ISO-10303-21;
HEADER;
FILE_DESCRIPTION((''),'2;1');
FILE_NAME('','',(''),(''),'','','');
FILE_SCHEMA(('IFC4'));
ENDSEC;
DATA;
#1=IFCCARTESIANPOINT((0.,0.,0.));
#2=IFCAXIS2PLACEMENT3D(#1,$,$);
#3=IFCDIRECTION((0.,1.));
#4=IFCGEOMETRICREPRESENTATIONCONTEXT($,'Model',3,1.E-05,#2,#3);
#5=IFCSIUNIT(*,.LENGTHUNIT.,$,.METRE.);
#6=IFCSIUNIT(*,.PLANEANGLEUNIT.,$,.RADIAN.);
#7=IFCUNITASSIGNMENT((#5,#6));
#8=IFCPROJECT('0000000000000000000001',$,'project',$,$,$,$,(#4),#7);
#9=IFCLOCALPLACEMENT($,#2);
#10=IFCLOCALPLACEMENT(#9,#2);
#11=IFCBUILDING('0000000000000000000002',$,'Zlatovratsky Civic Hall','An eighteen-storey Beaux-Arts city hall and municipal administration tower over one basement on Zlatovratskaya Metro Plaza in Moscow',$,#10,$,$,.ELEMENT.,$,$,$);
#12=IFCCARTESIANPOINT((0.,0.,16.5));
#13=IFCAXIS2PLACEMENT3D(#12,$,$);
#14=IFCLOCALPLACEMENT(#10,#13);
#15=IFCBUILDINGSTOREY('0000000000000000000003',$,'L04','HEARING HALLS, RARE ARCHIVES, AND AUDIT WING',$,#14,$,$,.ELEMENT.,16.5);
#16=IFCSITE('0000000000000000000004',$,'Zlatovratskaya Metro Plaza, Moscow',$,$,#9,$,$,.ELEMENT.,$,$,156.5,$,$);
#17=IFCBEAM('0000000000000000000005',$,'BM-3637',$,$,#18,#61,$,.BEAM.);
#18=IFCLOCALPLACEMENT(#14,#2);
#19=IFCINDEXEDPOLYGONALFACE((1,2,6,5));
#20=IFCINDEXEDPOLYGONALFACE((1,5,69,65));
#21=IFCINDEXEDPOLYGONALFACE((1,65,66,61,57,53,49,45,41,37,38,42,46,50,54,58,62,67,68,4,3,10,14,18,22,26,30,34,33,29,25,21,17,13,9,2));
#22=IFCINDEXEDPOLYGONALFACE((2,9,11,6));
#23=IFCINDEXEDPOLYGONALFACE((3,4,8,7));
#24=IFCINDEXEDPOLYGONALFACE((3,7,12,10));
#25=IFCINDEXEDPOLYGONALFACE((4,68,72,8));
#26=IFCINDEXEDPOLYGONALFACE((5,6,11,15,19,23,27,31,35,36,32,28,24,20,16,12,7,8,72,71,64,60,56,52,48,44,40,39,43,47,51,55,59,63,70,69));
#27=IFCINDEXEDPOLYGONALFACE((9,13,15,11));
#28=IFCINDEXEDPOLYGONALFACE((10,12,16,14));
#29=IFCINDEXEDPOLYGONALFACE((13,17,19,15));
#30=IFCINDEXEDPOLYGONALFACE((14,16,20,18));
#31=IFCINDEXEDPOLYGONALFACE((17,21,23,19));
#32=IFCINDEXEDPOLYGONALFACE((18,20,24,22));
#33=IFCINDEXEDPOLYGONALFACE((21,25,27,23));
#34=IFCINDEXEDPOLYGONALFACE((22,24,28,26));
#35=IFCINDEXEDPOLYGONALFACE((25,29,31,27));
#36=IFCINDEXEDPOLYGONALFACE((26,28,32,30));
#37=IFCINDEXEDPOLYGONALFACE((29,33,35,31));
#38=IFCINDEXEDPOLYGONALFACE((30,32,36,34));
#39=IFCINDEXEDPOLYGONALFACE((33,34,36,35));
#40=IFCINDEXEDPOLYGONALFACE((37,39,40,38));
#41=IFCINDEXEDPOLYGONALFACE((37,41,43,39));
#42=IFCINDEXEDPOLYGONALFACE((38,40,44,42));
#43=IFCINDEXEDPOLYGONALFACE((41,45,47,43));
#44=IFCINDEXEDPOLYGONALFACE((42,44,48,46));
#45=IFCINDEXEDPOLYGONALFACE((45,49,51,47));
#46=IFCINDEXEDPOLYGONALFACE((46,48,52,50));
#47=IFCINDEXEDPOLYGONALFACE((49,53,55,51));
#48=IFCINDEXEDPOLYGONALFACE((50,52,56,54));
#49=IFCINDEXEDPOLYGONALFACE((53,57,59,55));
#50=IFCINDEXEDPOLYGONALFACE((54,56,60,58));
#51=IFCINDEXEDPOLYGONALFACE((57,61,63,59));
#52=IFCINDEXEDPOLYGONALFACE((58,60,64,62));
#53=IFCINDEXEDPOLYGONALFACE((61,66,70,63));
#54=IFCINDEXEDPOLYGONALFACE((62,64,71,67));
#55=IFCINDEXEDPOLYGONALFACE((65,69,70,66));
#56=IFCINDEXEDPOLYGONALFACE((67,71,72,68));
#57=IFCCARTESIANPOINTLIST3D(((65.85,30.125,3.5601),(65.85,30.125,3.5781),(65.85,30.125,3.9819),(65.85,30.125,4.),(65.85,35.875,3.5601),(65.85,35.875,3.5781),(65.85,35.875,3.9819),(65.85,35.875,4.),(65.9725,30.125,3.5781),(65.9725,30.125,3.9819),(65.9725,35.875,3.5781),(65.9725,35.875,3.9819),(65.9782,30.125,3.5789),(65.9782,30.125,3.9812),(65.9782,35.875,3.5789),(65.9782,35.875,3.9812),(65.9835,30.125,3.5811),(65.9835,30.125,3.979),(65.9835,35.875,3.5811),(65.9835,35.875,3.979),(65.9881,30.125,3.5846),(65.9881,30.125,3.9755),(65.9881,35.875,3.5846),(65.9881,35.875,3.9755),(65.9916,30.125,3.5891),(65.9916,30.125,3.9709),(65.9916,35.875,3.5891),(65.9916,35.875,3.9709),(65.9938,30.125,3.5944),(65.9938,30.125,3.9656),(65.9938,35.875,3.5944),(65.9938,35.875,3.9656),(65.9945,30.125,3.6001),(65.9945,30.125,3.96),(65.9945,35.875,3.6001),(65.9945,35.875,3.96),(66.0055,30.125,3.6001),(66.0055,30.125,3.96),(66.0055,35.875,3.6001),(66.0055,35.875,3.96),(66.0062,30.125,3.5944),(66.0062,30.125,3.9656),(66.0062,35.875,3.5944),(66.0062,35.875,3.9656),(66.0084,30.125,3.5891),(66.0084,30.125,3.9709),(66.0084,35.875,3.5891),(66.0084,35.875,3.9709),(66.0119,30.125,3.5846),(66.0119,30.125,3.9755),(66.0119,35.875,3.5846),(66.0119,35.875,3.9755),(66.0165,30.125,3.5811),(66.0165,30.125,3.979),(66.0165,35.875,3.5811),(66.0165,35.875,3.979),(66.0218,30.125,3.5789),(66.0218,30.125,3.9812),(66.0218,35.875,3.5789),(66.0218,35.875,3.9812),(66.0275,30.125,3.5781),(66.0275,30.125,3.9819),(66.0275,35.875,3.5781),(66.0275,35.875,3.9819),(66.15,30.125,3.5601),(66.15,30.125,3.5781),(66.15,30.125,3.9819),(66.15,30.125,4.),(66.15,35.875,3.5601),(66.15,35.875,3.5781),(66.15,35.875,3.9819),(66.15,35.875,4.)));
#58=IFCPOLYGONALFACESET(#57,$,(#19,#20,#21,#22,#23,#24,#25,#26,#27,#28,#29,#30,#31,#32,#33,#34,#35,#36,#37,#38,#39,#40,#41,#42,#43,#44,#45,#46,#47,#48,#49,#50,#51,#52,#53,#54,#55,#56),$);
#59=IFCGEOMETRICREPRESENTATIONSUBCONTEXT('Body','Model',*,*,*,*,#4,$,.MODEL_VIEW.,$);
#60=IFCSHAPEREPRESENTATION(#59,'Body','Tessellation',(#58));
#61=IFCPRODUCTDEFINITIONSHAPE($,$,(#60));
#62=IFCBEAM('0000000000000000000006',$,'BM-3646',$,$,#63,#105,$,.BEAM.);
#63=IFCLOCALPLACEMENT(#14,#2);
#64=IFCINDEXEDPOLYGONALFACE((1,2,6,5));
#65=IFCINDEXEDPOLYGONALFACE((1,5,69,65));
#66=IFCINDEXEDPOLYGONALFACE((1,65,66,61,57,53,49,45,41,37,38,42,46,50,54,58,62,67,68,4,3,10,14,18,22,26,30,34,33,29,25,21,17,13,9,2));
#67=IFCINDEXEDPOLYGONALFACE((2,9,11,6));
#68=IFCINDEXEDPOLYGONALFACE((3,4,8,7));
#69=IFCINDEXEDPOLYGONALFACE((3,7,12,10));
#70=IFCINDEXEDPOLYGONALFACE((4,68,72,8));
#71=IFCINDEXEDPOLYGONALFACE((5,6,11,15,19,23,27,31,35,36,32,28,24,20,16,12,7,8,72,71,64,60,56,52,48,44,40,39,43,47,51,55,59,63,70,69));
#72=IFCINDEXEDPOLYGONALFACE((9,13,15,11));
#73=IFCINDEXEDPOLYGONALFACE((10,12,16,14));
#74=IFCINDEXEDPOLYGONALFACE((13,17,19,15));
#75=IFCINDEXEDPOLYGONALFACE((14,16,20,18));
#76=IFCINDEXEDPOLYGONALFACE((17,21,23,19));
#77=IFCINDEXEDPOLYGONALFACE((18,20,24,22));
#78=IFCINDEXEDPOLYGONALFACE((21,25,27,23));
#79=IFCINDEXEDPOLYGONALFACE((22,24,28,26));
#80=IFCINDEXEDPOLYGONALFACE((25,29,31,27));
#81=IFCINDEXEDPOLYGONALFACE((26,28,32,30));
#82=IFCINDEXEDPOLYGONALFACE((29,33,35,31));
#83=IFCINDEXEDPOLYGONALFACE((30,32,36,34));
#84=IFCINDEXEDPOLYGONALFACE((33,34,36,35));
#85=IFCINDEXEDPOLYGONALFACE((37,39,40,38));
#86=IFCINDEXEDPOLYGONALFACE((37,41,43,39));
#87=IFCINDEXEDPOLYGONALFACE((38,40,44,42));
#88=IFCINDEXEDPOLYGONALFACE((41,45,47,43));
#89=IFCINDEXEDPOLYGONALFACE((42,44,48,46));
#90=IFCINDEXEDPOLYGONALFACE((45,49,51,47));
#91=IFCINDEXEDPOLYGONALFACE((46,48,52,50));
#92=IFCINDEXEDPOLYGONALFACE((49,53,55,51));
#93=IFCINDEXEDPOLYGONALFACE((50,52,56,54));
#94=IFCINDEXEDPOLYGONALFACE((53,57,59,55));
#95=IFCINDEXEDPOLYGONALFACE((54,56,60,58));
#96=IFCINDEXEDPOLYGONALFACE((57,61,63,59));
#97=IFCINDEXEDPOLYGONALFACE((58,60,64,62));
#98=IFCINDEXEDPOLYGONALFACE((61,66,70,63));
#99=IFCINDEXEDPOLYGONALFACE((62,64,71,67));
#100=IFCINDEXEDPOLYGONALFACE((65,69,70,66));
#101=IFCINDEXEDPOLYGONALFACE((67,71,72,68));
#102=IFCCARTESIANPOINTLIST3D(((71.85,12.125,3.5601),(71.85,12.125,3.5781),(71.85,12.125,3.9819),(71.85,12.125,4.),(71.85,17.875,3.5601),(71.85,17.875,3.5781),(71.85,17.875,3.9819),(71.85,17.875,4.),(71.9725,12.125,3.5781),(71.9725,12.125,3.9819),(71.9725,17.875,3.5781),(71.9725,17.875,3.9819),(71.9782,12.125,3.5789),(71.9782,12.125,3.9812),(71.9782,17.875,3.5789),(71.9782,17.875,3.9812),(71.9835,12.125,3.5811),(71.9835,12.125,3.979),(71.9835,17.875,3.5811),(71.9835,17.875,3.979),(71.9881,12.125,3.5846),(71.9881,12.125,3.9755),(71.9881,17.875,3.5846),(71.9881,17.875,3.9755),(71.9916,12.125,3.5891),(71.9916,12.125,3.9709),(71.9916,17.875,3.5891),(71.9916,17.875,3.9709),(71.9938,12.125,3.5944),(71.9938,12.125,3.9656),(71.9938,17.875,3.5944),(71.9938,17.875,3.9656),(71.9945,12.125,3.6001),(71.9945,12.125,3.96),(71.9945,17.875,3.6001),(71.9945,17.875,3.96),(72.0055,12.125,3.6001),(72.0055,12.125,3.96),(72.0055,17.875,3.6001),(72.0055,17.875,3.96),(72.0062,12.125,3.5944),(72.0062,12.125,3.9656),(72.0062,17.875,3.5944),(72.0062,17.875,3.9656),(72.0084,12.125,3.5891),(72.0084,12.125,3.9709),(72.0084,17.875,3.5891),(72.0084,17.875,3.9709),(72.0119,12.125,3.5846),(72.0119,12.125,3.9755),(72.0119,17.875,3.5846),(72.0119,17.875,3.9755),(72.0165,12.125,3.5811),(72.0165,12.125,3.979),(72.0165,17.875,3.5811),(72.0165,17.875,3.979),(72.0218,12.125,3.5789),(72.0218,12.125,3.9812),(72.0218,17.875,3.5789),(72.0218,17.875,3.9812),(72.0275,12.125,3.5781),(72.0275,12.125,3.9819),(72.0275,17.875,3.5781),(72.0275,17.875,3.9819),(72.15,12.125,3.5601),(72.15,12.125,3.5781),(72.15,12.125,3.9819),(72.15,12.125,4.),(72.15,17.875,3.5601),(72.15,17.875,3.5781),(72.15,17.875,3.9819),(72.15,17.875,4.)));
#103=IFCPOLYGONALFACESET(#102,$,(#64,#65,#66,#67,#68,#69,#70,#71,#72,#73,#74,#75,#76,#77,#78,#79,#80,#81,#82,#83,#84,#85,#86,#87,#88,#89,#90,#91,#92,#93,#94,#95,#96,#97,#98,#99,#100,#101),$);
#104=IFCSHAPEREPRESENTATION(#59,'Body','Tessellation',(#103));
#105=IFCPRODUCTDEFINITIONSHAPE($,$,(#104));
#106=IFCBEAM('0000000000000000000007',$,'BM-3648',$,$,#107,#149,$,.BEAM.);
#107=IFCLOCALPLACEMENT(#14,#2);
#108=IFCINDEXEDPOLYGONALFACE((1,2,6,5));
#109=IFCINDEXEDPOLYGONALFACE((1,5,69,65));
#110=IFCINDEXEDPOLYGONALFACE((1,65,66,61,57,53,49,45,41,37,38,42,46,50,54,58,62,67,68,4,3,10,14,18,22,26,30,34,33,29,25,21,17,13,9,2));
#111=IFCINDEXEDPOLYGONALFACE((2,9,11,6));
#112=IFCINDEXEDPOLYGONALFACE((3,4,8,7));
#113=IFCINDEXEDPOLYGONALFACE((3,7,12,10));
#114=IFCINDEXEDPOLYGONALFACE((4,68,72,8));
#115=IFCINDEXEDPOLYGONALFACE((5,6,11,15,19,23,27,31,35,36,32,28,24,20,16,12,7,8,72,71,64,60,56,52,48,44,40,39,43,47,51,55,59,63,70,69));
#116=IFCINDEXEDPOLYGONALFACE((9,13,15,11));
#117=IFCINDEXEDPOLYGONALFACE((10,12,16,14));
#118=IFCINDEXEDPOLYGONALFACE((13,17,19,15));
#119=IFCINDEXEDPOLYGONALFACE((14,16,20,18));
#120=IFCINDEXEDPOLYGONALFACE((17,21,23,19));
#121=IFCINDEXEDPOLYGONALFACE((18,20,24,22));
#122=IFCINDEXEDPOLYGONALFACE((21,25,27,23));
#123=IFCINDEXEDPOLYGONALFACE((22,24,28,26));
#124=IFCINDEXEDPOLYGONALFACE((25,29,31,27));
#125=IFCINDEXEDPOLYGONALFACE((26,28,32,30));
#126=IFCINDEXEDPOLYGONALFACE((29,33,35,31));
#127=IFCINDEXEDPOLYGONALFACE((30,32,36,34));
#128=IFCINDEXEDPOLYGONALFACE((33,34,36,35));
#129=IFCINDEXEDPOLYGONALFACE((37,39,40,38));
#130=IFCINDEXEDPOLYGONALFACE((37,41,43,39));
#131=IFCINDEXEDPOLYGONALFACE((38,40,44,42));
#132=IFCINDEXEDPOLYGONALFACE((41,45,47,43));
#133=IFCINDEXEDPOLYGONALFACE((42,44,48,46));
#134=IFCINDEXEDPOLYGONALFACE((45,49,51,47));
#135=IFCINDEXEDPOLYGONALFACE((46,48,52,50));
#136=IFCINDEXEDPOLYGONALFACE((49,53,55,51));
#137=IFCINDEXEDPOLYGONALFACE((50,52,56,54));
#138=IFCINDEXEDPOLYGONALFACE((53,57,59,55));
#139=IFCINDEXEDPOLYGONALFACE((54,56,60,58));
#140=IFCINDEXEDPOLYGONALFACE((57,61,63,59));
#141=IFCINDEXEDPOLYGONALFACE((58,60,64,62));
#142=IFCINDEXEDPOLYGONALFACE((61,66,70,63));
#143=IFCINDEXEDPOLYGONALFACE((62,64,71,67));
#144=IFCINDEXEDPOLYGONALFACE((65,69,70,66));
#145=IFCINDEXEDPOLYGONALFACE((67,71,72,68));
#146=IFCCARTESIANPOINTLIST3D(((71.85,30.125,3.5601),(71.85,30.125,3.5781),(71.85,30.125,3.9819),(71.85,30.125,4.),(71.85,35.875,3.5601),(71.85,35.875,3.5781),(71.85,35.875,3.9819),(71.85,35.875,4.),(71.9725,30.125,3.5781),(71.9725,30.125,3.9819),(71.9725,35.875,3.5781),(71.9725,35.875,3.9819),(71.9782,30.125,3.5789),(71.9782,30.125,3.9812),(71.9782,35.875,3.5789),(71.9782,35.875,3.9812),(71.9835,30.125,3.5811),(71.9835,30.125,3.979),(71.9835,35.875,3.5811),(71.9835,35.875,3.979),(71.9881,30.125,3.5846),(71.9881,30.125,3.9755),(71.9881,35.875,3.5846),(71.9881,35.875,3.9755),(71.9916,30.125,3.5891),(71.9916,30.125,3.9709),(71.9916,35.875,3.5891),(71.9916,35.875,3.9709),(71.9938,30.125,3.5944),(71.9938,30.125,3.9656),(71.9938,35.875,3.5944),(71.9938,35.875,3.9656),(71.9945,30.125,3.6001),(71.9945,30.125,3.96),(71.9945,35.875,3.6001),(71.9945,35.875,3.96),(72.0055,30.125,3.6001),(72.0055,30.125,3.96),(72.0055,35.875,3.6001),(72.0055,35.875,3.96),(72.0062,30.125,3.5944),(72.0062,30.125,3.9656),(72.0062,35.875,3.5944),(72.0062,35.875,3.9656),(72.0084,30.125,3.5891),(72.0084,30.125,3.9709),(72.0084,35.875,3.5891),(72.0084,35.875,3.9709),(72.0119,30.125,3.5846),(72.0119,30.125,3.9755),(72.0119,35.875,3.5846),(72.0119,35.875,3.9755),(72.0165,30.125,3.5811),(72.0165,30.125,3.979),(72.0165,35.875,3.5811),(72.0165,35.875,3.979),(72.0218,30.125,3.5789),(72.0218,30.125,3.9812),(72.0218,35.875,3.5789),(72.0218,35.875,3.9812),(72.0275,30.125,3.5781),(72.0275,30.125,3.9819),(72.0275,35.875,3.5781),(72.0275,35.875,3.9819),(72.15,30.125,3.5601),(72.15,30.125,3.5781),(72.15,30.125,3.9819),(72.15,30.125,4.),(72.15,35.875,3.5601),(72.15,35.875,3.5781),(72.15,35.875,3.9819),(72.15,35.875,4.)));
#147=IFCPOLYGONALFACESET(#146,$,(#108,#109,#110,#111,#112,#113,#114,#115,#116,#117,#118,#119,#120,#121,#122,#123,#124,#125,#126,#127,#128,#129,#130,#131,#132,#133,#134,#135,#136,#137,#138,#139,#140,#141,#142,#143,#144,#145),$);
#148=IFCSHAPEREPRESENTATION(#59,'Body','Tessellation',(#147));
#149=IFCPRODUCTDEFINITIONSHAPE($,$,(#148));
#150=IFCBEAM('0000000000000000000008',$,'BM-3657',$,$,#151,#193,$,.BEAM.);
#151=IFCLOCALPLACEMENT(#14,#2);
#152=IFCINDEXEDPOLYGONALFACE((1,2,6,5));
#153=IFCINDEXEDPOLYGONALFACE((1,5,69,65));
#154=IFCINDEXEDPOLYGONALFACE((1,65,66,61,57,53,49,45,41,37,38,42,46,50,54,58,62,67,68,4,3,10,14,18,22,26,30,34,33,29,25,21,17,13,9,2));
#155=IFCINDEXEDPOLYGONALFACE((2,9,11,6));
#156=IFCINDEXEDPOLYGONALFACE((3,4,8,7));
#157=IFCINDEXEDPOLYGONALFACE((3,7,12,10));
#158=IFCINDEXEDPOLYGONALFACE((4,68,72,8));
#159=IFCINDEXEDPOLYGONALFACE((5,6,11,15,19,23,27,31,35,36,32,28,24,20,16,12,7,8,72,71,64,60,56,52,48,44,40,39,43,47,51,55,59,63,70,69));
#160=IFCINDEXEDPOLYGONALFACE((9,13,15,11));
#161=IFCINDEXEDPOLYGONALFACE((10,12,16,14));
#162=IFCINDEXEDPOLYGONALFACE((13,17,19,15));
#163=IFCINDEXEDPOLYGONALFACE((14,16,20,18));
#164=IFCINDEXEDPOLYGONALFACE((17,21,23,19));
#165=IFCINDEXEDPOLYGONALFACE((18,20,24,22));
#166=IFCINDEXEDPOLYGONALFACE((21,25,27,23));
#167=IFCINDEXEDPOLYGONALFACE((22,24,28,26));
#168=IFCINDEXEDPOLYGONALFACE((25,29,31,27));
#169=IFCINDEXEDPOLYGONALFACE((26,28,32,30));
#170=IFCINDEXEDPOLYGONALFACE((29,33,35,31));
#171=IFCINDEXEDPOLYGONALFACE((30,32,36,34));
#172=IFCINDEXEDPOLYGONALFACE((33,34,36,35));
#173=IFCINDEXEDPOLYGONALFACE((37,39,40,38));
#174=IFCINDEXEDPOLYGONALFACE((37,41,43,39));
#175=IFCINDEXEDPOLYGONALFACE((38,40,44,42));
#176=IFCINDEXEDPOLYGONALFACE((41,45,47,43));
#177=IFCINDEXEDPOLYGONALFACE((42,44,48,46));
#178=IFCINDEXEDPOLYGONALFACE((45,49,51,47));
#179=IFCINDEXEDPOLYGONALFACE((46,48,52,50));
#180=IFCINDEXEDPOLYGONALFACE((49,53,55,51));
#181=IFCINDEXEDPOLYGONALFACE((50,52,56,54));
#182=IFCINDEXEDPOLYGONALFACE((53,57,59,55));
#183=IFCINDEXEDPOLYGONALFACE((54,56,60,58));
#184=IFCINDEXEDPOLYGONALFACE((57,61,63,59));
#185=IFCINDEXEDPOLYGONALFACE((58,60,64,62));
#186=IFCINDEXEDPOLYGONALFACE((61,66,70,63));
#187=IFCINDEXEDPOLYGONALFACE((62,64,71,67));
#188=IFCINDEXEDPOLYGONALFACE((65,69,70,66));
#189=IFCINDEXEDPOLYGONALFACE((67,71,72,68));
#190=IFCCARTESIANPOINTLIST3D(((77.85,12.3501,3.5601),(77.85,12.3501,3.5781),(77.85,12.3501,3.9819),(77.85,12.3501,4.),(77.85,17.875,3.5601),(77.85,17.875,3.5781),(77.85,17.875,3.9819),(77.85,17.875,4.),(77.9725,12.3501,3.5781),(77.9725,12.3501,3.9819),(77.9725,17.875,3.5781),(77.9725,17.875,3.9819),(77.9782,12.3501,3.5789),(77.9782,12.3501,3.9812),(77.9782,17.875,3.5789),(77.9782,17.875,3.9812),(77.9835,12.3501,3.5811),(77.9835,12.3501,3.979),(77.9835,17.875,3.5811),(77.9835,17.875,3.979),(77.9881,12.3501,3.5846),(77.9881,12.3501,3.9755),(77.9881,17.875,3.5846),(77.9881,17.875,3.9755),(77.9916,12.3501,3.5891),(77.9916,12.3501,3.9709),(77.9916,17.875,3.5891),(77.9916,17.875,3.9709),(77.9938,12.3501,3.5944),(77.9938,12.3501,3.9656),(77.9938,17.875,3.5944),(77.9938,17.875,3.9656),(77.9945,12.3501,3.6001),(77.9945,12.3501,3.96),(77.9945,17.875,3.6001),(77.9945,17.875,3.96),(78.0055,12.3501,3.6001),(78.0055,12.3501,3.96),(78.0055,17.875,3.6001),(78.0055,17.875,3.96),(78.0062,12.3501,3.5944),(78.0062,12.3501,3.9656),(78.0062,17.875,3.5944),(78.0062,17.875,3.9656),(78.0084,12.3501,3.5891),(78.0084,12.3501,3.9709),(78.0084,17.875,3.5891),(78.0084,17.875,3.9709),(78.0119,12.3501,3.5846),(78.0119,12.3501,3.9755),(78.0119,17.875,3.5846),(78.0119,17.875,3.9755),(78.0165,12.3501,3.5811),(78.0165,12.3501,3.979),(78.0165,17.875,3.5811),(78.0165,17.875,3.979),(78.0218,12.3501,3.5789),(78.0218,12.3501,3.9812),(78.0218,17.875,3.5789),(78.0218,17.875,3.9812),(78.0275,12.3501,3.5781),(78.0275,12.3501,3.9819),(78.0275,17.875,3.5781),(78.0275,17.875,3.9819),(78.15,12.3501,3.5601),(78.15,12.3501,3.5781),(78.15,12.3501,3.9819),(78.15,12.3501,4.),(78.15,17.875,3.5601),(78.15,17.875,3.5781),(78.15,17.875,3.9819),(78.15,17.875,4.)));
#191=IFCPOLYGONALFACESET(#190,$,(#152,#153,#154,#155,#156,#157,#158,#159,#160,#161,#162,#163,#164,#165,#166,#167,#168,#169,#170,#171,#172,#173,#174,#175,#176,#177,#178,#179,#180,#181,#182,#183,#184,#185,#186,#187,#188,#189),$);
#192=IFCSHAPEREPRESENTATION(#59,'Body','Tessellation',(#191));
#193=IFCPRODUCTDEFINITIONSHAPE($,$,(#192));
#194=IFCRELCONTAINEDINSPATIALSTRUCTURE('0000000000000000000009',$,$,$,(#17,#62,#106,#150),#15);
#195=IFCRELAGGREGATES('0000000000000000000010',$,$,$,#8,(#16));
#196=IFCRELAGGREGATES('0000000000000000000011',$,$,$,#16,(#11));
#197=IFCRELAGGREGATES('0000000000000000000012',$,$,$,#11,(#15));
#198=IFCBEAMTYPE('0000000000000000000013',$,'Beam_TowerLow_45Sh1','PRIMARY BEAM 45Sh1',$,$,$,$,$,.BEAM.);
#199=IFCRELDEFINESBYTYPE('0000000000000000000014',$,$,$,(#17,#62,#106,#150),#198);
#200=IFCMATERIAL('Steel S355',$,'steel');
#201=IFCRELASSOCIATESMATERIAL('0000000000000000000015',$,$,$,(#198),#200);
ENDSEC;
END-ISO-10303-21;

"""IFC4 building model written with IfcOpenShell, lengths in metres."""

from ifc_helpers import new_model, si_unit, direction, frame, origin, origin_2d, place, context, subcontext, project, spatial, i_section, extrude, material, material_profile, profile_set, type_object, element, save


model = new_model("IFC4")

# Units and contexts
model_context = context("Model", 3, precision=1e-05, world=origin(), true_north=direction((0.0, 1.0)))
body_context = subcontext(model_context, "Body", "Model", "MODEL_VIEW")
ifc_project = project(units=[si_unit("LENGTHUNIT", "METRE"), si_unit("PLANEANGLEUNIT", "RADIAN")], contexts=[model_context])

# Site, building, storey
site_placement = place(None, origin())
site = spatial("IfcSite", under=ifc_project, at=site_placement, Name="Zlatovratskaya Metro Plaza, Moscow", CompositionType="ELEMENT", RefElevation=156.5)
building_placement = place(site_placement, origin())
building = spatial("IfcBuilding", under=site, at=building_placement, Name="Zlatovratsky Civic Hall", Description="An eighteen-storey Beaux-Arts city hall and municipal administration tower over one basement on Zlatovratskaya Metro Plaza in Moscow", CompositionType="ELEMENT")
storey_placement = place(building_placement, frame((0.0, 0.0, 16.5)))
storey = spatial("IfcBuildingStorey", under=building, at=storey_placement, Name="L04", Description="HEARING HALLS, RARE ARCHIVES, AND AUDIT WING", CompositionType="ELEMENT", Elevation=16.5)

# Shared definitions
ifc_material_1 = material(Name="Steel S355", Category="steel")

# Beams
ifc_material_profile_1 = material_profile(ifc_material_1, i_section(OverallWidth=0.3, OverallDepth=0.4399, WebThickness=0.011, FlangeThickness=0.0181, FilletRadius=0.022, at=origin_2d()), Name="45Sh1")
ifc_profile_set_1 = profile_set([ifc_material_profile_1], Name="Steel S355")
beam_type_1 = type_object("IfcBeamType", Name="Beam_TowerLow_45Sh1", Description="PRIMARY BEAM 45Sh1", PredefinedType="BEAM", material=ifc_profile_set_1)
for number, where, z_axis, x_axis, name in (
    (1, (66.0, 30.125, 3.78), (0.0, 1.0, 0.0), (-1.0, 0.0, 0.0), "BM-3637"),
    (2, (72.0, 12.125, 3.78), (0.0, 1.0, 0.0), (-1.0, 0.0, 0.0), "BM-3646"),
    (3, (72.0, 30.125, 3.78), (0.0, 1.0, 0.0), (-1.0, 0.0, 0.0), "BM-3648"),
):
    element("IfcBeam", number, at=place(storey_placement, frame(where, z_axis=z_axis, x_axis=x_axis)), inside=storey, type_object=beam_type_1, Name=name, PredefinedType="BEAM", context=body_context, shape_type="SweptSolid", body=[
        extrude(i_section(OverallWidth=0.3, OverallDepth=0.4399, WebThickness=0.011, FlangeThickness=0.0181, FilletRadius=0.022, at=origin_2d()), origin(), (0.0, 0.0, 1.0), 5.75),
    ])
beam_1_placement = place(storey_placement, frame((78.0, 12.3501, 3.78), z_axis=(0.0, 1.0, 0.0), x_axis=(-1.0, 0.0, 0.0)))
element("IfcBeam", 4, at=beam_1_placement, inside=storey, type_object=beam_type_1, Name="BM-3657", PredefinedType="BEAM", context=body_context, shape_type="SweptSolid", body=[
    extrude(i_section(OverallWidth=0.3, OverallDepth=0.4399, WebThickness=0.011, FlangeThickness=0.0181, FilletRadius=0.022, at=origin_2d()), origin(), (0.0, 0.0, 1.0), 5.5249),
])

save(model, "model.ifc")
